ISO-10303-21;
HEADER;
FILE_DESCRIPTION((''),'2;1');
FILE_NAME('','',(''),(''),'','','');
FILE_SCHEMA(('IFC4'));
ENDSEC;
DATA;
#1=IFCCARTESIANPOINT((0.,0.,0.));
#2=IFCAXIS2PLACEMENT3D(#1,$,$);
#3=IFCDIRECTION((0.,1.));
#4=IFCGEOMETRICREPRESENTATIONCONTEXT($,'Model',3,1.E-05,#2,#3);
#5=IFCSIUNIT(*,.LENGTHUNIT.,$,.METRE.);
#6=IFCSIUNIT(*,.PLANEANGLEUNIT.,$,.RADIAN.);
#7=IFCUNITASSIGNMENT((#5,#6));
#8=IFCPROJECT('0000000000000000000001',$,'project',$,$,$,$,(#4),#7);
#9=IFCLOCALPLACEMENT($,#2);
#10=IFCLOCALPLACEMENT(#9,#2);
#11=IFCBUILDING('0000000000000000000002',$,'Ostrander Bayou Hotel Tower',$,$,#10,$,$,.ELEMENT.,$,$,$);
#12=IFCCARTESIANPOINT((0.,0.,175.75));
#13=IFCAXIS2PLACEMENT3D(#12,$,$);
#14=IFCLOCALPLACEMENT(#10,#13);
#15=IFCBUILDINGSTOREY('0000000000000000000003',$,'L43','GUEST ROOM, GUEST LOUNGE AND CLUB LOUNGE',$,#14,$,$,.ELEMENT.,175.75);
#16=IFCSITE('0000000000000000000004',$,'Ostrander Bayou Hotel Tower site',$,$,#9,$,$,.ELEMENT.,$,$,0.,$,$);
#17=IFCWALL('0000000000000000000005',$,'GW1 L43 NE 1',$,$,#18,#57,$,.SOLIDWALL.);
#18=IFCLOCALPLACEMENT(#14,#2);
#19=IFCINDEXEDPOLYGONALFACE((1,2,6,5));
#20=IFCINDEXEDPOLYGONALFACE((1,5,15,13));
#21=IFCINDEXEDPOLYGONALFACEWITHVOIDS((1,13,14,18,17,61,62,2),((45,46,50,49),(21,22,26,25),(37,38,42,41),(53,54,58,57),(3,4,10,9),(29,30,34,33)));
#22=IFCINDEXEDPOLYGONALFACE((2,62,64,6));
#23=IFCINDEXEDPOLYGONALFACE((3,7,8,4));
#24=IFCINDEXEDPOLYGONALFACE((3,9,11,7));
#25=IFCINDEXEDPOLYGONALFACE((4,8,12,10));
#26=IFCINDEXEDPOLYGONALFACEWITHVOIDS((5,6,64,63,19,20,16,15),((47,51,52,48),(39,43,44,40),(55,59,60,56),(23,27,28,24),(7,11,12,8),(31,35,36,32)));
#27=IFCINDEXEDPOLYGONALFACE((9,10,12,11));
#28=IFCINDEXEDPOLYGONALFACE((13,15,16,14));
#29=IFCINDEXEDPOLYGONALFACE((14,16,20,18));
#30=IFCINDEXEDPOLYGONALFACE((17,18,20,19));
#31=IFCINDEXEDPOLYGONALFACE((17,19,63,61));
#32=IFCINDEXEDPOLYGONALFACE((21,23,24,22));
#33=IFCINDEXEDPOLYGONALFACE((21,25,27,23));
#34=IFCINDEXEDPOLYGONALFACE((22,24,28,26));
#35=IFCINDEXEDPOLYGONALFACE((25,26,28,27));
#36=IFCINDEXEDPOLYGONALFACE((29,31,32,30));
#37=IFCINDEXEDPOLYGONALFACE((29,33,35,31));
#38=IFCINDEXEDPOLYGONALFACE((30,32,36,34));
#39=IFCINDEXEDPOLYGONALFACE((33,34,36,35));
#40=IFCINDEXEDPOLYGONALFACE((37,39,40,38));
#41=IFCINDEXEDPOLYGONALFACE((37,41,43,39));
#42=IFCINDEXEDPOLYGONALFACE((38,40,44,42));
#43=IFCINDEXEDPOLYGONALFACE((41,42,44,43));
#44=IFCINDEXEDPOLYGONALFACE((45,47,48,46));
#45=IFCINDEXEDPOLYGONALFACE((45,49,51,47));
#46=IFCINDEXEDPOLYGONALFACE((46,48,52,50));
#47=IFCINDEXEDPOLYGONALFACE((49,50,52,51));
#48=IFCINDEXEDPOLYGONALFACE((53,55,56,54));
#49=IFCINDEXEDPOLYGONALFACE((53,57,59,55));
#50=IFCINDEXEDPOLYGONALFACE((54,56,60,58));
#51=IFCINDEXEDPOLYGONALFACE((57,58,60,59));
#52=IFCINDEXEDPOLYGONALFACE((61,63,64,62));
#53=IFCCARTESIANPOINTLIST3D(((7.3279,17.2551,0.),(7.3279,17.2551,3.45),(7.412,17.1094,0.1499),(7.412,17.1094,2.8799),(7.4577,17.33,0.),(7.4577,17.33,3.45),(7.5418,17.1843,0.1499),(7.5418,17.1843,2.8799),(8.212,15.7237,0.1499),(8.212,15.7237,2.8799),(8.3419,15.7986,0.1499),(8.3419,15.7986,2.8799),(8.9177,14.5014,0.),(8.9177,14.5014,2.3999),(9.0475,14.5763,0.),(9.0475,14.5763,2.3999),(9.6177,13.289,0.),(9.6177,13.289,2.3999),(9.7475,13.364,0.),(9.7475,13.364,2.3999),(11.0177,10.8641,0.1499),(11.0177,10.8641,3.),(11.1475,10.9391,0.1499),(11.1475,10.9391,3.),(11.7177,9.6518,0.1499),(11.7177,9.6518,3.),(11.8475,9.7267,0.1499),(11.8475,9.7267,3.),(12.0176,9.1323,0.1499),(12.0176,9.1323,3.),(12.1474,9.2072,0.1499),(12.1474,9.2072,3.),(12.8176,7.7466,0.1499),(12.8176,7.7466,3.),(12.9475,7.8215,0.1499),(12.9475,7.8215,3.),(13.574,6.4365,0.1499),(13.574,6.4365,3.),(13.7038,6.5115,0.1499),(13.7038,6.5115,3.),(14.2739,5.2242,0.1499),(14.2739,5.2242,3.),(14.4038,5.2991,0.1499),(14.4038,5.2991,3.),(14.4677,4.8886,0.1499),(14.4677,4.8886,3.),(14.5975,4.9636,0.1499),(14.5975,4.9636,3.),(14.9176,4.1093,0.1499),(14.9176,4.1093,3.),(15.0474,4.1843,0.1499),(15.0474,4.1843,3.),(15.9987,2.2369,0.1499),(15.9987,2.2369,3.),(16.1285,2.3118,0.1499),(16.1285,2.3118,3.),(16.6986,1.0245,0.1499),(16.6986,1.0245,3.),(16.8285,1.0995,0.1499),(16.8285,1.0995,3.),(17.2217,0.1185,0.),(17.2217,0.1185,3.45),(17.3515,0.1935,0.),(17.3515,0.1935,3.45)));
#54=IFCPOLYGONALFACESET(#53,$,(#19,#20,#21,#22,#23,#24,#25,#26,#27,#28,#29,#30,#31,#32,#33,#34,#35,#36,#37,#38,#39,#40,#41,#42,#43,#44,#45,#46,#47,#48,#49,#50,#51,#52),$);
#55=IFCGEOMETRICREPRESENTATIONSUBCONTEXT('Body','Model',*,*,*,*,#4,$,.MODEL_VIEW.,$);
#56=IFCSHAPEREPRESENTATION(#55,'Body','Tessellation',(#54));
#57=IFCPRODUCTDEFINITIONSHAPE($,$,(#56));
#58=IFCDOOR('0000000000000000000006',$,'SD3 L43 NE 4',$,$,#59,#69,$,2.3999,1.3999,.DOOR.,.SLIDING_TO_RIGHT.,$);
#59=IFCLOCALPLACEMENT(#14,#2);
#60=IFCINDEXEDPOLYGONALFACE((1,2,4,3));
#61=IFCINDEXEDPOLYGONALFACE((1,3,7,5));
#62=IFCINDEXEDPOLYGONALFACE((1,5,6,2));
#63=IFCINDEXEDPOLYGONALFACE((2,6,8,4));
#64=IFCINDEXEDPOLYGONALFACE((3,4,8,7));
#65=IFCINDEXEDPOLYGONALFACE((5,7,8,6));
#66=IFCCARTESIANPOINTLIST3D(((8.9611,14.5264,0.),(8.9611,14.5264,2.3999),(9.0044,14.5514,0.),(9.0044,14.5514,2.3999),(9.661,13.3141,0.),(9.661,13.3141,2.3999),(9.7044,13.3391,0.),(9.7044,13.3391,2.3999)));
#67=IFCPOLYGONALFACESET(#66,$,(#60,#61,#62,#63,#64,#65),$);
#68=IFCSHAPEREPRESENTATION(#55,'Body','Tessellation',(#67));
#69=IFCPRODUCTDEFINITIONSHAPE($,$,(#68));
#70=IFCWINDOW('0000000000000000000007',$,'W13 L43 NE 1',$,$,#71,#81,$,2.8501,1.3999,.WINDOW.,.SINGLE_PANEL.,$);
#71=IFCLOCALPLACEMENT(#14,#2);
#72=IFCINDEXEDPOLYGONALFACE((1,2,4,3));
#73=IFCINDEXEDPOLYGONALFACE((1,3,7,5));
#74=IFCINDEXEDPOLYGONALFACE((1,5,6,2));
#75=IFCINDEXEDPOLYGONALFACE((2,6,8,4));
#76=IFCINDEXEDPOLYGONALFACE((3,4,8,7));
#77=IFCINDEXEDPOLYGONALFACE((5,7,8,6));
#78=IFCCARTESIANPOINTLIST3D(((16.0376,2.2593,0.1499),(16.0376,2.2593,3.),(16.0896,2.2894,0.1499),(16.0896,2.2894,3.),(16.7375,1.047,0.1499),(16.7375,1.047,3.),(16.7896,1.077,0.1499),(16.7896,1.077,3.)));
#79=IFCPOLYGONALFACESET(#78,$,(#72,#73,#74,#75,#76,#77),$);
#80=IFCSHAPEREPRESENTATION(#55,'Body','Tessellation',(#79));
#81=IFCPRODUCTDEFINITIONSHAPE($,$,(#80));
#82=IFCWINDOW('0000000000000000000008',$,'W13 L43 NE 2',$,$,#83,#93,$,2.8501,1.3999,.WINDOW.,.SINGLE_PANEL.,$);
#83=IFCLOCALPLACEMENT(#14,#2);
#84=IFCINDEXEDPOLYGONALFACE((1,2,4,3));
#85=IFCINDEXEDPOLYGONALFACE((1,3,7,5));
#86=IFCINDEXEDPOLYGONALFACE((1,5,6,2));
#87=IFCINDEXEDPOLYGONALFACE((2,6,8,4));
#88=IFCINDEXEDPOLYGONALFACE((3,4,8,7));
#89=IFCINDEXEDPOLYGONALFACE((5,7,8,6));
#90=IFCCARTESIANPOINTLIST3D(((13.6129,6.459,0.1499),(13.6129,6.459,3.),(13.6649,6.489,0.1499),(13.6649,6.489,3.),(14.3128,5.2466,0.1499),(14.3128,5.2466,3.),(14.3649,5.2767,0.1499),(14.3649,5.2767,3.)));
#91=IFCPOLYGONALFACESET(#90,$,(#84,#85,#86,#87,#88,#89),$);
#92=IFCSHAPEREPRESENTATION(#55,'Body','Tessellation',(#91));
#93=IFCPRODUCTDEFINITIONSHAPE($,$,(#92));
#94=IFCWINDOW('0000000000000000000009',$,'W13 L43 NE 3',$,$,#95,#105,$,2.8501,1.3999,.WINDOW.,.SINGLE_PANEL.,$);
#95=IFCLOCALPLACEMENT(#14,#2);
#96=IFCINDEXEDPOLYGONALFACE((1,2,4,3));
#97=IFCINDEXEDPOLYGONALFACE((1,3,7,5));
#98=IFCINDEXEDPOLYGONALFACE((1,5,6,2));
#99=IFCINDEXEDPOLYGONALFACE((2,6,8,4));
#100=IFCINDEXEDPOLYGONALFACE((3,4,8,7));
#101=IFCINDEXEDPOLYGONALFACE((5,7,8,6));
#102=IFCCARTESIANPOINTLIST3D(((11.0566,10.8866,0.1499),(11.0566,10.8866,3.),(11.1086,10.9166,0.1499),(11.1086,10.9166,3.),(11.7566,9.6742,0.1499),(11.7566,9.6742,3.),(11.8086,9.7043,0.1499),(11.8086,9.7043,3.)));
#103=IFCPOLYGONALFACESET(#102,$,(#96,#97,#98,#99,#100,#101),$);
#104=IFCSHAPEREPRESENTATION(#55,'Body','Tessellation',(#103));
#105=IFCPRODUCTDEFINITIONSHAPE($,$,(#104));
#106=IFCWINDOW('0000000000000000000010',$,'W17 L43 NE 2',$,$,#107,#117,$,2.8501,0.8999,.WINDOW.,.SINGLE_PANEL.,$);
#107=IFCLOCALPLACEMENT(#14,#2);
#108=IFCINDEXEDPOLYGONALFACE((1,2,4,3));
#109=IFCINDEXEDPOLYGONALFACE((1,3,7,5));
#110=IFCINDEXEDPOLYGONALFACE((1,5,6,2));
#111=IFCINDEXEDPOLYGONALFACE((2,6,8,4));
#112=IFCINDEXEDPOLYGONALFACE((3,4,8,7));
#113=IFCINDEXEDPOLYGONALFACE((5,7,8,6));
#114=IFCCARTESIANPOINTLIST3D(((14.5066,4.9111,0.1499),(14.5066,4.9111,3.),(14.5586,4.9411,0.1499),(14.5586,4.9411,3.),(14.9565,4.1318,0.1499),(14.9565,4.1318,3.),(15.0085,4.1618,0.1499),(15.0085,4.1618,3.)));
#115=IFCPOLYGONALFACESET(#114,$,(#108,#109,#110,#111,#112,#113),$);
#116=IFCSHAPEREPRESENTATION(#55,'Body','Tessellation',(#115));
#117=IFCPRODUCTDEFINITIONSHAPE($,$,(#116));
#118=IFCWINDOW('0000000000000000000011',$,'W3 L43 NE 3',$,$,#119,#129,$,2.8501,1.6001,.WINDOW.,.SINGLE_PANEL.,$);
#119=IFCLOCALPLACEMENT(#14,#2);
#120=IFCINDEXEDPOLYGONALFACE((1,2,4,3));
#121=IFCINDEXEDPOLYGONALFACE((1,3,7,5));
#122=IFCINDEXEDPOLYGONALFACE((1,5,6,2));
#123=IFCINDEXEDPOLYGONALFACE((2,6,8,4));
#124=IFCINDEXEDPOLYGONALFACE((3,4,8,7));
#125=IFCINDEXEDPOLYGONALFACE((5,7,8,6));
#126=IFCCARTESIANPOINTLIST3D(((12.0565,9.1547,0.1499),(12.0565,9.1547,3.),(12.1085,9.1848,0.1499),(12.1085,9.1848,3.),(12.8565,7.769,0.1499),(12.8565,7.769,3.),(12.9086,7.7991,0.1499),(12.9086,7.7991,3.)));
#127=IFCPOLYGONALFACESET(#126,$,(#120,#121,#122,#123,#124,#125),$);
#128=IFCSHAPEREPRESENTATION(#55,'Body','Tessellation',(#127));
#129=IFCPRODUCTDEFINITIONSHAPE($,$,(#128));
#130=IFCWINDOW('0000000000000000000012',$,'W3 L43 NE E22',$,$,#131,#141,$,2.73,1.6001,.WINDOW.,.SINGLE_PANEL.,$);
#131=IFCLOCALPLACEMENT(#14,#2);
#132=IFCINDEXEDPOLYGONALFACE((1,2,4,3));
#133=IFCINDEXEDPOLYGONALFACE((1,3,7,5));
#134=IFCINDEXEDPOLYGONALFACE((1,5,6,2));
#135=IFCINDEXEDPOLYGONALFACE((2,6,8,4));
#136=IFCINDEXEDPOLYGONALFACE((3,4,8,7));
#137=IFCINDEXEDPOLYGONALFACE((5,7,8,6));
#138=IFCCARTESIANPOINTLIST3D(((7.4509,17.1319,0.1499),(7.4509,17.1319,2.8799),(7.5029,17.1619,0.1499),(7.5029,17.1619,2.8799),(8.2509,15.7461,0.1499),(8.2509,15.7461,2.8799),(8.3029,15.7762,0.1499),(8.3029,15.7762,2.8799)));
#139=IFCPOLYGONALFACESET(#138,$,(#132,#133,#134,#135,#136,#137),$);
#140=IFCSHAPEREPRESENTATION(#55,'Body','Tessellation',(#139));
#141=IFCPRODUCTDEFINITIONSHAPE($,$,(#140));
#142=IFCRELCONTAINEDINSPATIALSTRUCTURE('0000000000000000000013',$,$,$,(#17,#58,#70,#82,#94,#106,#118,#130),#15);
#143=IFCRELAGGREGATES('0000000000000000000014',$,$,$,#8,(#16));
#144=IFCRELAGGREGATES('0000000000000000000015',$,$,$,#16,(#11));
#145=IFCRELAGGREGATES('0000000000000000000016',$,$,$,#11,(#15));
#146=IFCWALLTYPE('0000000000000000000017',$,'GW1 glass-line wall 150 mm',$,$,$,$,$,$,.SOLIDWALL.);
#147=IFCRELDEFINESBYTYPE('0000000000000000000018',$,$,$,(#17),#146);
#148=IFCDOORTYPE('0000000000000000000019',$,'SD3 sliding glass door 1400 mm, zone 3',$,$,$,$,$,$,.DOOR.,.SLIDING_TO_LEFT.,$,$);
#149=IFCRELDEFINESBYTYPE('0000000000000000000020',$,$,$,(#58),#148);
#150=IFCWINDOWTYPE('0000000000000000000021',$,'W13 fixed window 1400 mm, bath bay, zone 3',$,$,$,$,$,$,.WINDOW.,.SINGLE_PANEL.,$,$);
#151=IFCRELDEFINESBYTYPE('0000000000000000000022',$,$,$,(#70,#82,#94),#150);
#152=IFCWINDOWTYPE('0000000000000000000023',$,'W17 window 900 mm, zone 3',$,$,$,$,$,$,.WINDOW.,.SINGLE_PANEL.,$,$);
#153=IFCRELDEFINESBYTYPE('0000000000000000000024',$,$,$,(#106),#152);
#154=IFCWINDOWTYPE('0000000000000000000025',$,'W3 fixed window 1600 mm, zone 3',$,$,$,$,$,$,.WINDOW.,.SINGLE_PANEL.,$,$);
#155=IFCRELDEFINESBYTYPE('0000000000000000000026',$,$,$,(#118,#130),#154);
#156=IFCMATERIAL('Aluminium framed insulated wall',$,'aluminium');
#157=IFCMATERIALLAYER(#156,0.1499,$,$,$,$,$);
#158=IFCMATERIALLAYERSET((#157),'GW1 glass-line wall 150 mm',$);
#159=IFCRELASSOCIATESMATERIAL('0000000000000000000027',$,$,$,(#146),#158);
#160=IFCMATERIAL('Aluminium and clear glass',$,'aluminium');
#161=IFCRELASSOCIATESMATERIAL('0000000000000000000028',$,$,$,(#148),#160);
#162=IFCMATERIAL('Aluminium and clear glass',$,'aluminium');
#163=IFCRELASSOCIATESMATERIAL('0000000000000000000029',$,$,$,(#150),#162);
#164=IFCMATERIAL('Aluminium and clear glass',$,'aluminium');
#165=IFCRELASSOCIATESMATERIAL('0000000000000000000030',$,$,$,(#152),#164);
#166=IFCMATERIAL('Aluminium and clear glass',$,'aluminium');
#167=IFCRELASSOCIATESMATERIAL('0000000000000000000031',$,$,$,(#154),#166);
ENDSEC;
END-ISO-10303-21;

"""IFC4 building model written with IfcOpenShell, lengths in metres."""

from ifc_helpers import new_model, si_unit, direction, frame, frame_2d, origin, place, context, subcontext, project, spatial, rectangle, extrude, material, layer, layer_set, type_object, element, fill, save


model = new_model("IFC4")

# Units and contexts
model_context = context("Model", 3, precision=1e-05, world=origin(), true_north=direction((0.0, 1.0)))
body_context = subcontext(model_context, "Body", "Model", "MODEL_VIEW")
ifc_project = project(units=[si_unit("LENGTHUNIT", "METRE"), si_unit("PLANEANGLEUNIT", "RADIAN")], contexts=[model_context])

# Site, building, storey
site_placement = place(None, origin())
site = spatial("IfcSite", under=ifc_project, at=site_placement, Name="Ostrander Bayou Hotel Tower site", CompositionType="ELEMENT", RefElevation=0.0)
building_placement = place(site_placement, origin())
building = spatial("IfcBuilding", under=site, at=building_placement, Name="Ostrander Bayou Hotel Tower", CompositionType="ELEMENT")
storey_placement = place(building_placement, frame((0.0, 0.0, 175.75)))
storey = spatial("IfcBuildingStorey", under=building, at=storey_placement, Name="L43", Description="GUEST ROOM, GUEST LOUNGE AND CLUB LOUNGE", CompositionType="ELEMENT", Elevation=175.75)

# Wall, openings, door, windows
ifc_material_1 = material(Name="Aluminium framed insulated wall", Category="aluminium")
ifc_layer_1 = layer(ifc_material_1, 0.1499)
ifc_layer_set_1 = layer_set([ifc_layer_1], Name="GW1 glass-line wall 150 mm")
wall_type_1 = type_object("IfcWallType", Name="GW1 glass-line wall 150 mm", PredefinedType="SOLIDWALL", material=ifc_layer_set_1)
wall_1_placement = place(storey_placement, frame((17.2866, 0.156, 0.0), z_axis=(0.0, 0.0, 1.0), x_axis=(-0.500002, 0.866024, 0.0)))
wall_1 = element("IfcWall", 1, at=wall_1_placement, inside=storey, type_object=wall_type_1, Name="GW1 L43 NE 1", PredefinedType="SOLIDWALL", context=body_context, shape_type="SweptSolid", body=[
    extrude(rectangle(XDim=19.7876, YDim=0.1499, at=frame_2d((9.8938, 0.0))), origin(), (0.0, 0.0, 1.0), 3.45),
])
opening_1_placement = place(wall_1_placement, frame((1.0461, 0.0, 0.1499)))
opening_1 = element("IfcOpeningElement", 2, at=opening_1_placement, cuts=wall_1, PredefinedType="OPENING", context=body_context, shape_type="SweptSolid", body=[
    extrude(rectangle(XDim=1.3999, YDim=2.8501, at=frame_2d((0.7, 1.425))), frame((0.0, 0.075, 0.0), z_axis=(0.0, -1.0, 0.0), x_axis=(1.0, 0.0, 0.0)), (0.0, 0.0, 1.0), 0.1499),
])
opening_2_placement = place(wall_1_placement, frame((4.6082, 0.0, 0.1499)))
opening_2 = element("IfcOpeningElement", 3, at=opening_2_placement, cuts=wall_1, PredefinedType="OPENING", context=body_context, shape_type="SweptSolid", body=[
    extrude(rectangle(XDim=0.8999, YDim=2.8501, at=frame_2d((0.45, 1.425))), frame((0.0, 0.075, 0.0), z_axis=(0.0, -1.0, 0.0), x_axis=(1.0, 0.0, 0.0)), (0.0, 0.0, 1.0), 0.1499),
])
opening_3_placement = place(wall_1_placement, frame((5.8955, 0.0, 0.1499)))
opening_3 = element("IfcOpeningElement", 4, at=opening_3_placement, cuts=wall_1, PredefinedType="OPENING", context=body_context, shape_type="SweptSolid", body=[
    extrude(rectangle(XDim=1.3999, YDim=2.8501, at=frame_2d((0.7, 1.425))), frame((0.0, 0.075, 0.0), z_axis=(0.0, -1.0, 0.0), x_axis=(1.0, 0.0, 0.0)), (0.0, 0.0, 1.0), 0.1499),
])
opening_4_placement = place(wall_1_placement, frame((8.8081, 0.0, 0.1499)))
opening_4 = element("IfcOpeningElement", 5, at=opening_4_placement, cuts=wall_1, PredefinedType="OPENING", context=body_context, shape_type="SweptSolid", body=[
    extrude(rectangle(XDim=1.6001, YDim=2.8501, at=frame_2d((0.8, 1.425))), frame((0.0, 0.075, 0.0), z_axis=(0.0, -1.0, 0.0), x_axis=(1.0, 0.0, 0.0)), (0.0, 0.0, 1.0), 0.1499),
])
opening_5_placement = place(wall_1_placement, frame((11.0081, 0.0, 0.1499)))
opening_5 = element("IfcOpeningElement", 6, at=opening_5_placement, cuts=wall_1, PredefinedType="OPENING", context=body_context, shape_type="SweptSolid", body=[
    extrude(rectangle(XDim=1.3999, YDim=2.8501, at=frame_2d((0.7, 1.425))), frame((0.0, 0.075, 0.0), z_axis=(0.0, -1.0, 0.0), x_axis=(1.0, 0.0, 0.0)), (0.0, 0.0, 1.0), 0.1499),
])
opening_6_placement = place(wall_1_placement, frame((15.208, 0.0, 0.0)))
opening_6 = element("IfcOpeningElement", 7, at=opening_6_placement, cuts=wall_1, PredefinedType="OPENING", context=body_context, shape_type="SweptSolid", body=[
    extrude(rectangle(XDim=1.3999, YDim=2.3999, at=frame_2d((0.7, 1.2))), frame((0.0, 0.075, 0.0), z_axis=(0.0, -1.0, 0.0), x_axis=(1.0, 0.0, 0.0)), (0.0, 0.0, 1.0), 0.1499),
])
opening_7_placement = place(wall_1_placement, frame((18.0193, 0.0, 0.1499)))
opening_7 = element("IfcOpeningElement", 8, at=opening_7_placement, cuts=wall_1, PredefinedType="OPENING", context=body_context, shape_type="SweptSolid", body=[
    extrude(rectangle(XDim=1.6001, YDim=2.73, at=frame_2d((0.8, 1.365))), frame((0.0, 0.075, 0.0), z_axis=(0.0, -1.0, 0.0), x_axis=(1.0, 0.0, 0.0)), (0.0, 0.0, 1.0), 0.1499),
])
ifc_material_2 = material(Name="Aluminium and clear glass", Category="aluminium")
door_type = type_object("IfcDoorType", Name="SD3 sliding glass door 1400 mm, zone 3", OperationType="SLIDING_TO_LEFT", PredefinedType="DOOR", material=ifc_material_2)
door_placement = place(opening_6_placement, origin())
door = element("IfcDoor", 9, at=door_placement, inside=storey, type_object=door_type, Name="SD3 L43 NE 4", OperationType="SLIDING_TO_RIGHT", OverallHeight=2.3999, OverallWidth=1.3999, PredefinedType="DOOR", context=body_context, shape_type="SweptSolid", body=[
    extrude(rectangle(XDim=1.3999, YDim=2.3999, at=frame_2d((0.7, 1.2))), frame((0.0, 0.0249, 0.0), z_axis=(0.0, -1.0, 0.0), x_axis=(1.0, 0.0, 0.0)), (0.0, 0.0, 1.0), 0.05),
])
fill(opening_6, door)
ifc_material_3 = material(Name="Aluminium and clear glass", Category="aluminium")
window_type_1 = type_object("IfcWindowType", Name="W13 fixed window 1400 mm, bath bay, zone 3", PartitioningType="SINGLE_PANEL", PredefinedType="WINDOW", material=ifc_material_3)
window_1_placement = place(opening_1_placement, origin())
window_1 = element("IfcWindow", 10, at=window_1_placement, inside=storey, type_object=window_type_1, Name="W13 L43 NE 1", OverallHeight=2.8501, OverallWidth=1.3999, PartitioningType="SINGLE_PANEL", PredefinedType="WINDOW", context=body_context, shape_type="SweptSolid", body=[
    extrude(rectangle(XDim=1.3999, YDim=2.8501, at=frame_2d((0.7, 1.425))), frame((0.0, 0.03, 0.0), z_axis=(0.0, -1.0, 0.0), x_axis=(1.0, 0.0, 0.0)), (0.0, 0.0, 1.0), 0.0601),
])
fill(opening_1, window_1)
window_2_placement = place(opening_3_placement, origin())
window_2 = element("IfcWindow", 11, at=window_2_placement, inside=storey, type_object=window_type_1, Name="W13 L43 NE 2", OverallHeight=2.8501, OverallWidth=1.3999, PartitioningType="SINGLE_PANEL", PredefinedType="WINDOW", context=body_context, shape_type="SweptSolid", body=[
    extrude(rectangle(XDim=1.3999, YDim=2.8501, at=frame_2d((0.7, 1.425))), frame((0.0, 0.03, 0.0), z_axis=(0.0, -1.0, 0.0), x_axis=(1.0, 0.0, 0.0)), (0.0, 0.0, 1.0), 0.0601),
])
fill(opening_3, window_2)
window_3_placement = place(opening_5_placement, origin())
window_3 = element("IfcWindow", 12, at=window_3_placement, inside=storey, type_object=window_type_1, Name="W13 L43 NE 3", OverallHeight=2.8501, OverallWidth=1.3999, PartitioningType="SINGLE_PANEL", PredefinedType="WINDOW", context=body_context, shape_type="SweptSolid", body=[
    extrude(rectangle(XDim=1.3999, YDim=2.8501, at=frame_2d((0.7, 1.425))), frame((0.0, 0.03, 0.0), z_axis=(0.0, -1.0, 0.0), x_axis=(1.0, 0.0, 0.0)), (0.0, 0.0, 1.0), 0.0601),
])
fill(opening_5, window_3)
ifc_material_4 = material(Name="Aluminium and clear glass", Category="aluminium")
window_type_2 = type_object("IfcWindowType", Name="W17 window 900 mm, zone 3", PartitioningType="SINGLE_PANEL", PredefinedType="WINDOW", material=ifc_material_4)
window_4_placement = place(opening_2_placement, origin())
window_4 = element("IfcWindow", 13, at=window_4_placement, inside=storey, type_object=window_type_2, Name="W17 L43 NE 2", OverallHeight=2.8501, OverallWidth=0.8999, PartitioningType="SINGLE_PANEL", PredefinedType="WINDOW", context=body_context, shape_type="SweptSolid", body=[
    extrude(rectangle(XDim=0.8999, YDim=2.8501, at=frame_2d((0.45, 1.425))), frame((0.0, 0.03, 0.0), z_axis=(0.0, -1.0, 0.0), x_axis=(1.0, 0.0, 0.0)), (0.0, 0.0, 1.0), 0.0601),
])
fill(opening_2, window_4)
ifc_material_5 = material(Name="Aluminium and clear glass", Category="aluminium")
window_type_3 = type_object("IfcWindowType", Name="W3 fixed window 1600 mm, zone 3", PartitioningType="SINGLE_PANEL", PredefinedType="WINDOW", material=ifc_material_5)
window_5_placement = place(opening_4_placement, origin())
window_5 = element("IfcWindow", 14, at=window_5_placement, inside=storey, type_object=window_type_3, Name="W3 L43 NE 3", OverallHeight=2.8501, OverallWidth=1.6001, PartitioningType="SINGLE_PANEL", PredefinedType="WINDOW", context=body_context, shape_type="SweptSolid", body=[
    extrude(rectangle(XDim=1.6001, YDim=2.8501, at=frame_2d((0.8, 1.425))), frame((0.0, 0.03, 0.0), z_axis=(0.0, -1.0, 0.0), x_axis=(1.0, 0.0, 0.0)), (0.0, 0.0, 1.0), 0.0601),
])
fill(opening_4, window_5)
window_6_placement = place(opening_7_placement, origin())
window_6 = element("IfcWindow", 15, at=window_6_placement, inside=storey, type_object=window_type_3, Name="W3 L43 NE E22", OverallHeight=2.73, OverallWidth=1.6001, PartitioningType="SINGLE_PANEL", PredefinedType="WINDOW", context=body_context, shape_type="SweptSolid", body=[
    extrude(rectangle(XDim=1.6001, YDim=2.73, at=frame_2d((0.8, 1.365))), frame((0.0, 0.03, 0.0), z_axis=(0.0, -1.0, 0.0), x_axis=(1.0, 0.0, 0.0)), (0.0, 0.0, 1.0), 0.0601),
])
fill(opening_7, window_6)

save(model, "model.ifc")
